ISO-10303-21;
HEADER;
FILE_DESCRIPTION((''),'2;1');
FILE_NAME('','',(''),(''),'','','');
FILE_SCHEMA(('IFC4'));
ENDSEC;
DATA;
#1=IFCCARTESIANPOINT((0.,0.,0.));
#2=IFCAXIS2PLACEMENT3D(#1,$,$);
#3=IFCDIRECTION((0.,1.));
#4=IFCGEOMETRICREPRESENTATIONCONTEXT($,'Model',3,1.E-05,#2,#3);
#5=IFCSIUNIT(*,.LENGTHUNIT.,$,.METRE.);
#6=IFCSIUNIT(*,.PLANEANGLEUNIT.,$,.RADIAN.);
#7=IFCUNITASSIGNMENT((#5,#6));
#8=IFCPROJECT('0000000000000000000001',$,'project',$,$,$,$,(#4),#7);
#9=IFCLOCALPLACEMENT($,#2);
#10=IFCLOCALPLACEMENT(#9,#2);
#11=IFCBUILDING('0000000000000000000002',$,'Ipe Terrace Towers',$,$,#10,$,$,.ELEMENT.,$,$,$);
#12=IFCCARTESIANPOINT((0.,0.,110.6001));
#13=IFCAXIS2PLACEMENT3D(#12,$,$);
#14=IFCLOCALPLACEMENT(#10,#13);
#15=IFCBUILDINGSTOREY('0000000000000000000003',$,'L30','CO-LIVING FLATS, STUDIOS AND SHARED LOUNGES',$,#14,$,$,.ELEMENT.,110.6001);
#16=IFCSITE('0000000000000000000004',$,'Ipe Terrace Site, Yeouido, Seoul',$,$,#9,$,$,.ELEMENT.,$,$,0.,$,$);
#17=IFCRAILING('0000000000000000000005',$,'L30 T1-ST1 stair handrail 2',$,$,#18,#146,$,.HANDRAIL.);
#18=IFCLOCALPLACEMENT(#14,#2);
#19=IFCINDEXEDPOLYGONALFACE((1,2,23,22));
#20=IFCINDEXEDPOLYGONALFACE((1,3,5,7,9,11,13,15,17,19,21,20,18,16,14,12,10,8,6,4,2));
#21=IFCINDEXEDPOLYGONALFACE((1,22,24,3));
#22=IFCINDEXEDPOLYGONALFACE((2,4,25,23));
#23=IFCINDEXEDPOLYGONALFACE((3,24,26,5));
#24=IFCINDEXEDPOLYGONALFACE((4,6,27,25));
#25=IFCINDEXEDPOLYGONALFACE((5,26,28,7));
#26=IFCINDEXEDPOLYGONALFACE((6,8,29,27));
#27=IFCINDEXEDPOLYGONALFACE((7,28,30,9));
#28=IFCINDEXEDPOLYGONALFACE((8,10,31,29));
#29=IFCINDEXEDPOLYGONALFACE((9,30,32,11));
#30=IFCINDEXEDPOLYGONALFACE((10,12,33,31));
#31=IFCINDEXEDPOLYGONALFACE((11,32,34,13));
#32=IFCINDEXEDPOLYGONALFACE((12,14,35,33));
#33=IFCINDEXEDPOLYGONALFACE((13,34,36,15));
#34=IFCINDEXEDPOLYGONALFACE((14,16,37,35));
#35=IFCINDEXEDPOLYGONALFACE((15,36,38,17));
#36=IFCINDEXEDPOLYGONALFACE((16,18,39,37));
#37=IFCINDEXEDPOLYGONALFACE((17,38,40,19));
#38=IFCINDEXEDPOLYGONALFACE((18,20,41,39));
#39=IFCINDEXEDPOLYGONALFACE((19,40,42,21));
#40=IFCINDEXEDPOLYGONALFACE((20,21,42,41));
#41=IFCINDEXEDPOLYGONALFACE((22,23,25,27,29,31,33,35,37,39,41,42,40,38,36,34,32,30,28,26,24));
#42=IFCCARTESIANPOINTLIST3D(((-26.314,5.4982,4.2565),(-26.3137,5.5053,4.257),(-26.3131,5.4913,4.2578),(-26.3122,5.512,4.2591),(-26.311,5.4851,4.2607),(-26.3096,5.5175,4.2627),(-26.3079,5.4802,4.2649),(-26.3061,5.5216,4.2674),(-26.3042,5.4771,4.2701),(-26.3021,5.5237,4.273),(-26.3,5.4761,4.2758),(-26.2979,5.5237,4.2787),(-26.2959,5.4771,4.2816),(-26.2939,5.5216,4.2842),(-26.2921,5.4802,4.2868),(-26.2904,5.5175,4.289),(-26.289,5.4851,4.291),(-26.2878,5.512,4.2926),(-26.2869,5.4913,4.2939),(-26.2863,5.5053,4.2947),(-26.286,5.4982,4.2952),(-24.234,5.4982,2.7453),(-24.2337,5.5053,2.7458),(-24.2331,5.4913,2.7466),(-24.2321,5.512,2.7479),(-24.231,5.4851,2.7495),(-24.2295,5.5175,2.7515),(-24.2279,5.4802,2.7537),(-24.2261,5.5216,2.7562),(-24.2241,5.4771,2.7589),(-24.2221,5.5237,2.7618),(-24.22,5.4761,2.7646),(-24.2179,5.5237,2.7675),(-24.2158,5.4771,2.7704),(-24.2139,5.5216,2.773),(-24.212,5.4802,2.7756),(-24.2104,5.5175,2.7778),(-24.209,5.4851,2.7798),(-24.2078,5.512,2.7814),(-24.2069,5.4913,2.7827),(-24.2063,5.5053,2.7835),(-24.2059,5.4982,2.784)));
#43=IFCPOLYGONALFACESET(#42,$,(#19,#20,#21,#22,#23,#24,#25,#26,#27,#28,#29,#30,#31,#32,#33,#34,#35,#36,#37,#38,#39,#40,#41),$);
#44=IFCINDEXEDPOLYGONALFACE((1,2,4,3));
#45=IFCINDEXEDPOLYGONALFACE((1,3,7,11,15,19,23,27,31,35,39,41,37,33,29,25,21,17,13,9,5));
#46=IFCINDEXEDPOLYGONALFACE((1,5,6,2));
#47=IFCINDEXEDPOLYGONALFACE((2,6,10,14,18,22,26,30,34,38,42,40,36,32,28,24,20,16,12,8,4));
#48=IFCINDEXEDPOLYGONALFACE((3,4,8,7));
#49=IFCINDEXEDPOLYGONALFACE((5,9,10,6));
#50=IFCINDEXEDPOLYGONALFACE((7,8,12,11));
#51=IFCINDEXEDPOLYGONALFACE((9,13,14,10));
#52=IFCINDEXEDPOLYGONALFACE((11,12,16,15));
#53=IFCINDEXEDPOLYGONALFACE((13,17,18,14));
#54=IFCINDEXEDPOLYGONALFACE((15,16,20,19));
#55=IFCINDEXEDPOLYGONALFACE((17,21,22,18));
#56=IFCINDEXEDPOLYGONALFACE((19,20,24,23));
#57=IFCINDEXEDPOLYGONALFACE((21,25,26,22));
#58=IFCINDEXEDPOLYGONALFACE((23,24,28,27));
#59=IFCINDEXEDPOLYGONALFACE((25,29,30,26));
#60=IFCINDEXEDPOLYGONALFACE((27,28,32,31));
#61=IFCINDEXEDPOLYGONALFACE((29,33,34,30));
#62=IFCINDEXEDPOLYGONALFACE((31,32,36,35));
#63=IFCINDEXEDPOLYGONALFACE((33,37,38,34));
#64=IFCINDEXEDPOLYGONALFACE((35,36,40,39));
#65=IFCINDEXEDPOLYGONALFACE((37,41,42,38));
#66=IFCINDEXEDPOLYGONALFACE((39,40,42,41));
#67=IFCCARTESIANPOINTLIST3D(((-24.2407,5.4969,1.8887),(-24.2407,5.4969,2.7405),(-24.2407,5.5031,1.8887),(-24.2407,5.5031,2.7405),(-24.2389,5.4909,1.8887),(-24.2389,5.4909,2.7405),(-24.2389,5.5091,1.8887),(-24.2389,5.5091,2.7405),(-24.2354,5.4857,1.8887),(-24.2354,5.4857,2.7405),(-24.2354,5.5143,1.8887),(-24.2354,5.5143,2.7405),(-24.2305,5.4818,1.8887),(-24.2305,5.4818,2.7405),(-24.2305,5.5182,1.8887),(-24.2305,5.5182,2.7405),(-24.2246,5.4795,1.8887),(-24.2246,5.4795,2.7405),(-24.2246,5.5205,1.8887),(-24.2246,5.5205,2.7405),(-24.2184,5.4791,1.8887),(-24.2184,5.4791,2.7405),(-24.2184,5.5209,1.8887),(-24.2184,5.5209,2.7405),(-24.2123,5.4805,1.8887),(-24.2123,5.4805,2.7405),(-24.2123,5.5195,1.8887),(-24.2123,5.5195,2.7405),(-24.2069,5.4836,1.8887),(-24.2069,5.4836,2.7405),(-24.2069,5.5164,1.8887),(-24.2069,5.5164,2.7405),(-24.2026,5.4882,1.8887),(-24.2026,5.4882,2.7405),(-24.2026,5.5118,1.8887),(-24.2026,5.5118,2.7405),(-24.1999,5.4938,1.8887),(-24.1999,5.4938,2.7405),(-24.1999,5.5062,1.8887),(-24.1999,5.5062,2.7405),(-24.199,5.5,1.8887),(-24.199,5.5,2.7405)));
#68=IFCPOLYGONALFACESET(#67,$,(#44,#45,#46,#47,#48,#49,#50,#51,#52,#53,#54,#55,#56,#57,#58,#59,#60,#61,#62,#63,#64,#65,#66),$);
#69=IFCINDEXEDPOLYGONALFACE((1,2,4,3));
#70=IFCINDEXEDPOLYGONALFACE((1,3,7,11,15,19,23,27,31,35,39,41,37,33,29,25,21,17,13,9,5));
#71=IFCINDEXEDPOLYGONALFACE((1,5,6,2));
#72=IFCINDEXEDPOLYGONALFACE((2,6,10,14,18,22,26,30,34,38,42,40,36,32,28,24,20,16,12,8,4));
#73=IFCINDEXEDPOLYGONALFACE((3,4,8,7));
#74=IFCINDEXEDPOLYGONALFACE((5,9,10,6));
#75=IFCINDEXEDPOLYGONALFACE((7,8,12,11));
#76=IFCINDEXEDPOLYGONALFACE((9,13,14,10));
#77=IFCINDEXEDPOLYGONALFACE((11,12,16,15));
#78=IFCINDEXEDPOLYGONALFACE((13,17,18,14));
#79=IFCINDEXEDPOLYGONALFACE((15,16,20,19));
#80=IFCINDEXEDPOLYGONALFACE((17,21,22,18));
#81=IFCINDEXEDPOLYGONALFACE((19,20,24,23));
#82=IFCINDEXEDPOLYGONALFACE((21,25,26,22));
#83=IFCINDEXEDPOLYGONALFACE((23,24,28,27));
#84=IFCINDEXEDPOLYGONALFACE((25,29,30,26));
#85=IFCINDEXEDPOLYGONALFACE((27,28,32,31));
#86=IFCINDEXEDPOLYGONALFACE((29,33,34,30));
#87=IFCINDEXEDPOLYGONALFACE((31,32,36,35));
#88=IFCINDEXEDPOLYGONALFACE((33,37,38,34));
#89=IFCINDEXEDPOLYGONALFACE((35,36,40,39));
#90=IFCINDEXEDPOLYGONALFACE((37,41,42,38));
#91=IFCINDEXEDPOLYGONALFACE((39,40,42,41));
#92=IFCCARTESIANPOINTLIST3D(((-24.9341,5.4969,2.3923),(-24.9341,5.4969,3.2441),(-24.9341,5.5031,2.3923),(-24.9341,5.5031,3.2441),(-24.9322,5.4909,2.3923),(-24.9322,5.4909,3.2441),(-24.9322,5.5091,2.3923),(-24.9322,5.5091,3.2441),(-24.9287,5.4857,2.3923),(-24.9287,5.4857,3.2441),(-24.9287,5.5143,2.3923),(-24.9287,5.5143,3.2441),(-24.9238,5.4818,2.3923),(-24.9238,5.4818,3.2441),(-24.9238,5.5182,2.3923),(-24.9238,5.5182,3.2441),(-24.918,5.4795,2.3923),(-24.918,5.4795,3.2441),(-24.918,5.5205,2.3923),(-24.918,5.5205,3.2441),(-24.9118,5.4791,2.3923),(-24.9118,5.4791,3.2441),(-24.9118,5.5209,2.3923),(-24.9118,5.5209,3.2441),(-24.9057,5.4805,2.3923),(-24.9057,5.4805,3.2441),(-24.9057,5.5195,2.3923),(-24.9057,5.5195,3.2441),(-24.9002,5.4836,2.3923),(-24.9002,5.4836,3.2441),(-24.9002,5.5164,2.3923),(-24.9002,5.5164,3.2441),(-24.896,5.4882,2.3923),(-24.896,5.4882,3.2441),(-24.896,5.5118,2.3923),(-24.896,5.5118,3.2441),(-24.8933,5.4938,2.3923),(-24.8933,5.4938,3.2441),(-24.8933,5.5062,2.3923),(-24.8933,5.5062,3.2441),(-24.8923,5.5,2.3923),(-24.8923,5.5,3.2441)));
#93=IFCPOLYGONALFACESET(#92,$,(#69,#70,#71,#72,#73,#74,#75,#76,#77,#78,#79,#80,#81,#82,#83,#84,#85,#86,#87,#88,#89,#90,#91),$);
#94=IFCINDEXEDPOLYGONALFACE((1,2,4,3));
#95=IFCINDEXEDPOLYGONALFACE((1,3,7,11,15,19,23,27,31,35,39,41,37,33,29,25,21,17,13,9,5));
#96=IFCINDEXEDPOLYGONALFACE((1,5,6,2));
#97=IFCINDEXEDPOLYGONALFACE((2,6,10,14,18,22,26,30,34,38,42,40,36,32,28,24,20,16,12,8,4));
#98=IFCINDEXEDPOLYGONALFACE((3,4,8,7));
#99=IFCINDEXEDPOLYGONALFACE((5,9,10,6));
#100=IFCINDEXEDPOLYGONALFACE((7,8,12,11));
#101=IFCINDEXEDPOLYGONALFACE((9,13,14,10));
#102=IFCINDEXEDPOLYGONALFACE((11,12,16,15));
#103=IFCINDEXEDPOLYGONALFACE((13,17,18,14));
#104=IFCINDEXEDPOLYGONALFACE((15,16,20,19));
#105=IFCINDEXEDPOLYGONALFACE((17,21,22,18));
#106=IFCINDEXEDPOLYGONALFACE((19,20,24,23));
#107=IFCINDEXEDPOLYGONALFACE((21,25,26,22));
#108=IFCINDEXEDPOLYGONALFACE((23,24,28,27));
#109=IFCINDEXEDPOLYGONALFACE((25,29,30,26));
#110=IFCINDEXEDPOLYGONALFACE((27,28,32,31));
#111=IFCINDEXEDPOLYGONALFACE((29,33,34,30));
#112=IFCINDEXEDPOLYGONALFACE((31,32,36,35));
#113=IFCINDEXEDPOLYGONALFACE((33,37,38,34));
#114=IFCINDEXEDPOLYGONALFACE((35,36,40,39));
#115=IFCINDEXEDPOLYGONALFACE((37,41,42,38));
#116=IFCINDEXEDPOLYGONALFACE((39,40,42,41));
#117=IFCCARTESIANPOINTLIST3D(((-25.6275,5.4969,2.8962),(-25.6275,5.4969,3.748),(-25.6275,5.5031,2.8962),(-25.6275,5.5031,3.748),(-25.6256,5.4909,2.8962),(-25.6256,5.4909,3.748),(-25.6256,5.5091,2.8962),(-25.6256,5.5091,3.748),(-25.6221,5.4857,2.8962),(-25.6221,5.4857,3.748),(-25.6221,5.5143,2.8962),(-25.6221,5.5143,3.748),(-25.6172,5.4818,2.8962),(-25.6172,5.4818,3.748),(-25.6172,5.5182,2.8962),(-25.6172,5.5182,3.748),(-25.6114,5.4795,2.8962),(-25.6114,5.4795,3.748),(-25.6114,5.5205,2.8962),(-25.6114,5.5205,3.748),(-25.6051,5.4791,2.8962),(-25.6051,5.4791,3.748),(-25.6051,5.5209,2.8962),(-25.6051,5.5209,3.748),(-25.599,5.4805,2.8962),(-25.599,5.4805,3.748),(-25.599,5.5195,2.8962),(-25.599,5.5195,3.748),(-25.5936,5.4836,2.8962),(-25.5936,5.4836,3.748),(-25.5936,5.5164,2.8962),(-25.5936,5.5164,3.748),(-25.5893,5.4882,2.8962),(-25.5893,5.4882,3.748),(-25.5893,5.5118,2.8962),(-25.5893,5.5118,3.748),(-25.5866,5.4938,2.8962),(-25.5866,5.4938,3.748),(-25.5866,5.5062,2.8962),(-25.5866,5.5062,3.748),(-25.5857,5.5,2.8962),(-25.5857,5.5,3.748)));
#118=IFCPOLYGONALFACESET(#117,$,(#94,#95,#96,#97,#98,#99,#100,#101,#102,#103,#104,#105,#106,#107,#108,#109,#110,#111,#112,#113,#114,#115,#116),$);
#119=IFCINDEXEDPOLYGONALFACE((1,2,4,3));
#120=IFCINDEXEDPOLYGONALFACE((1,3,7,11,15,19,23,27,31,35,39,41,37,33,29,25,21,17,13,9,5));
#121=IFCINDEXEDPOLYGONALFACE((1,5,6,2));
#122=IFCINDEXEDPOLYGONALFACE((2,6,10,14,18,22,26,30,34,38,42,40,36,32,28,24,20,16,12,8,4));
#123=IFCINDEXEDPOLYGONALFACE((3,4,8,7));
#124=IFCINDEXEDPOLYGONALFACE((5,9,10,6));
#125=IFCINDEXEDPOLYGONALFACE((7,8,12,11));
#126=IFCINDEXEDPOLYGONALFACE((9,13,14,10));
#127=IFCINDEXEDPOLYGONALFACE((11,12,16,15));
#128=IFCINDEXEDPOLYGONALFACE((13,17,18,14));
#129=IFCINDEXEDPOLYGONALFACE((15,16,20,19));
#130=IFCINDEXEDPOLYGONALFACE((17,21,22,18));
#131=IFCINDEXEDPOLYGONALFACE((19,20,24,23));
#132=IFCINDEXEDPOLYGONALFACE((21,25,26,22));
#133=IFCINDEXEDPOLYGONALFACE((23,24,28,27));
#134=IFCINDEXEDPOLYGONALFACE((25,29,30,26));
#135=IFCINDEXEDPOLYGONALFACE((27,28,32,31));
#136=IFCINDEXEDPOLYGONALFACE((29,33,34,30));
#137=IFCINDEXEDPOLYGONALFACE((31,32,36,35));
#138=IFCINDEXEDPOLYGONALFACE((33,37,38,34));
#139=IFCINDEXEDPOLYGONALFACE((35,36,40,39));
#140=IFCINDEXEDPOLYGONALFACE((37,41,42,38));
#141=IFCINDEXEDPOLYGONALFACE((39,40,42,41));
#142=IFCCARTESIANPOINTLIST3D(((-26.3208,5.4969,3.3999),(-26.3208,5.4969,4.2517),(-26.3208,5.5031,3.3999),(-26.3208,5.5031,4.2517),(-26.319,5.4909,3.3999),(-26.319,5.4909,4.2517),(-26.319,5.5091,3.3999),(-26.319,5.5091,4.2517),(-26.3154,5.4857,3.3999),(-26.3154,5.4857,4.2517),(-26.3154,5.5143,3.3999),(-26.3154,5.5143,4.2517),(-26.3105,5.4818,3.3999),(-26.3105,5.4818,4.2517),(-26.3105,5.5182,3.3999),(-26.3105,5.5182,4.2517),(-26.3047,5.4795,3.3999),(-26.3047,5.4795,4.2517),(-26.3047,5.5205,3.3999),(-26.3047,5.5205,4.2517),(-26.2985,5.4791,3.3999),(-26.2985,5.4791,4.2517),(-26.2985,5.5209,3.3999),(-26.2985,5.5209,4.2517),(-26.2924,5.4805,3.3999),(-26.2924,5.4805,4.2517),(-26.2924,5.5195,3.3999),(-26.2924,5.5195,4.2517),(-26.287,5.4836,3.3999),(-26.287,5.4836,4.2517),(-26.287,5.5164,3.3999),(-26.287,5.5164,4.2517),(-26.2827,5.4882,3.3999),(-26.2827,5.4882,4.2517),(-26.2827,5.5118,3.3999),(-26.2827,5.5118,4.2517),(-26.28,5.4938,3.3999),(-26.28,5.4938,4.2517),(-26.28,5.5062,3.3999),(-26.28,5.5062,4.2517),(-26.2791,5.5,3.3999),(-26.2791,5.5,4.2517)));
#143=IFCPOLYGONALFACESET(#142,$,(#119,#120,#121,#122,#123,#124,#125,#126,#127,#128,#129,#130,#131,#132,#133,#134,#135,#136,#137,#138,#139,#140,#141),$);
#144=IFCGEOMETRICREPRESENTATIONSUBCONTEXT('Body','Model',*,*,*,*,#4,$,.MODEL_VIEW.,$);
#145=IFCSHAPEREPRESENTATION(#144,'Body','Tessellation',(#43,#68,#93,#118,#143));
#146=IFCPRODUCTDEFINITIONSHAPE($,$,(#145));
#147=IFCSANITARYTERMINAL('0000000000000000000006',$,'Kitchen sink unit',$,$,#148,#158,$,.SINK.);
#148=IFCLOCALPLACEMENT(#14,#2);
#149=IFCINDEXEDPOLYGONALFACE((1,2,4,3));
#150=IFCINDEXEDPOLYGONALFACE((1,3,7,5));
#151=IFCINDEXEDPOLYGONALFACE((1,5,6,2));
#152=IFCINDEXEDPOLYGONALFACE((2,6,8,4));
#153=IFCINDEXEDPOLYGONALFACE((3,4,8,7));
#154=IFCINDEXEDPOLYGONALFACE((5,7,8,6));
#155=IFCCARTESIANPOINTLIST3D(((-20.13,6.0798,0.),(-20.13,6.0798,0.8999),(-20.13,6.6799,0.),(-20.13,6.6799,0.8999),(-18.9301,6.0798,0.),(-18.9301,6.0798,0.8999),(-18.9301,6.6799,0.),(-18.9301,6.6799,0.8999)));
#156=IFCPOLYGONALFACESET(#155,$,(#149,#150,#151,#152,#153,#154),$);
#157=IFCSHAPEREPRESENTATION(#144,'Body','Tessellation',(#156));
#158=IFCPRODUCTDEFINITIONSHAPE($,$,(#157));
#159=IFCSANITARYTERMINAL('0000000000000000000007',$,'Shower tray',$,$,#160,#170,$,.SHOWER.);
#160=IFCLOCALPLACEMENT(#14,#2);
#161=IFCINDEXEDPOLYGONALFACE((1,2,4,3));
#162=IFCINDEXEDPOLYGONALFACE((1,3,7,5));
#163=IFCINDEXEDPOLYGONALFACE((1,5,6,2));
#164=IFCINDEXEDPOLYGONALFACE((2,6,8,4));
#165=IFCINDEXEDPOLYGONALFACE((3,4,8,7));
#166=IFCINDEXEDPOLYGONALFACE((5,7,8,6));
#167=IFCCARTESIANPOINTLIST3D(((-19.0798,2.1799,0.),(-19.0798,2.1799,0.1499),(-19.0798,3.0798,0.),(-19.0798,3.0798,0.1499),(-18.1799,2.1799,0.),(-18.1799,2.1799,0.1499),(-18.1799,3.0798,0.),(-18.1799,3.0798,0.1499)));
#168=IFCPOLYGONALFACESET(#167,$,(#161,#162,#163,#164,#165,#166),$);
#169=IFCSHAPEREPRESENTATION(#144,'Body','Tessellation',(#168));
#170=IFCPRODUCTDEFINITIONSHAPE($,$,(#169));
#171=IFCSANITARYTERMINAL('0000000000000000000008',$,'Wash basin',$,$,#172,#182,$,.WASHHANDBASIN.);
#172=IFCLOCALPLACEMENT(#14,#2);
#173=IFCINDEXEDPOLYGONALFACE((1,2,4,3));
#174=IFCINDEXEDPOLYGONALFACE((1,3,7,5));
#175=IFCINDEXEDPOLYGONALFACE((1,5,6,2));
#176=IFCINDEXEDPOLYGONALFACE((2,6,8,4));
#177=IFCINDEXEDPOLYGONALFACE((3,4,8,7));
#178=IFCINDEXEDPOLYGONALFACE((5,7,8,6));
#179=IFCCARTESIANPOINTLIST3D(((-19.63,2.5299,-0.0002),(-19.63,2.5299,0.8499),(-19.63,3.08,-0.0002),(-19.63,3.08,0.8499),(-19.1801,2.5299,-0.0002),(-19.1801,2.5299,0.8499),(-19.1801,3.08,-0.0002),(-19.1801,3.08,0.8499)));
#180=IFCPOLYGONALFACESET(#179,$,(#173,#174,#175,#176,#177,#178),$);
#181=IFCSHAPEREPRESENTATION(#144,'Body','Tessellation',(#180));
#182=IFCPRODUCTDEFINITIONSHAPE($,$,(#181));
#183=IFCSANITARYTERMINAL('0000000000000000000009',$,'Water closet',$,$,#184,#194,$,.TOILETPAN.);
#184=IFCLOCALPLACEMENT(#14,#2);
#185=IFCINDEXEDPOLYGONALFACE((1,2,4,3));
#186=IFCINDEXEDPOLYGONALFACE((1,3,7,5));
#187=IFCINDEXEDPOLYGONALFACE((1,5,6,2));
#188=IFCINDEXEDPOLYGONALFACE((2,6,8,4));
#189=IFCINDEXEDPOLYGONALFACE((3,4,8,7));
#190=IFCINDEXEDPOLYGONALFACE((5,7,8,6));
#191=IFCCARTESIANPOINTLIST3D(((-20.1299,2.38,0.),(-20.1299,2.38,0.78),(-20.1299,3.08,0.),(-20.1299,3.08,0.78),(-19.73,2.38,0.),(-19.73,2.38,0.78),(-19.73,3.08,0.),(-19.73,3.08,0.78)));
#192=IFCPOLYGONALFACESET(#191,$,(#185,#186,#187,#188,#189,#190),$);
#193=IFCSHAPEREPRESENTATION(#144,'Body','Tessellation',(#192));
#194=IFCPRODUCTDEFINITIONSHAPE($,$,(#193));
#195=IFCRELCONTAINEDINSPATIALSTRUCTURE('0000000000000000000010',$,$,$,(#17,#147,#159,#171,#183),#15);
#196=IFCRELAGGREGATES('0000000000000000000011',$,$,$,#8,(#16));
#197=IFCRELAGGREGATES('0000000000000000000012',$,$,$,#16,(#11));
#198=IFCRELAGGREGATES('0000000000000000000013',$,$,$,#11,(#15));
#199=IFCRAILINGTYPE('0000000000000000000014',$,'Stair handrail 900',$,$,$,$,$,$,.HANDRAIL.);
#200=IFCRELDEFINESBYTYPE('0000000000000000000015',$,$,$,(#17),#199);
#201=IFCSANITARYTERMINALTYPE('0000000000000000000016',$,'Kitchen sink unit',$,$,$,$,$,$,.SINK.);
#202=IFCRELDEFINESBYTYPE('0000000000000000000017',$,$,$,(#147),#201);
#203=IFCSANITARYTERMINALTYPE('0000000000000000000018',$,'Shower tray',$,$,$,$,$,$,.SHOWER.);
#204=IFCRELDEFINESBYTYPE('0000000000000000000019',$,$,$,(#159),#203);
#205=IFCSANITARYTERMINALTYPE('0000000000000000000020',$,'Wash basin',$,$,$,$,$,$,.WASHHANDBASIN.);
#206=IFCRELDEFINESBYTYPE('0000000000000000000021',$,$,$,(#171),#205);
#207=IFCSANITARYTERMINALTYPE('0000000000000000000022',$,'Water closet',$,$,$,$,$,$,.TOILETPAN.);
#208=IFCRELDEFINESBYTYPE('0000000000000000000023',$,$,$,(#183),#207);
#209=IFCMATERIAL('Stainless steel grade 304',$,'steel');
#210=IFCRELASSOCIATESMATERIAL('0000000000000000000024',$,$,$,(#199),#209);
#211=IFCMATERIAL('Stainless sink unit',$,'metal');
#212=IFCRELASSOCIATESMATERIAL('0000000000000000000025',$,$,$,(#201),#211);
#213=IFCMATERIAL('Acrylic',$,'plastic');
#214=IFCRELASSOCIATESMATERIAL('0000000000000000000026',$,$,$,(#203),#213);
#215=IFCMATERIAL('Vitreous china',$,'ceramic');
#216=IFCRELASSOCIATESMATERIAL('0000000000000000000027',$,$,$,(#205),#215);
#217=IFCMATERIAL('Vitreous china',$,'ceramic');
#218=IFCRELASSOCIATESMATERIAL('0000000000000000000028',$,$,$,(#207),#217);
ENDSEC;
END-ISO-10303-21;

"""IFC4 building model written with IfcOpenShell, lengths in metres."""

from ifc_helpers import new_model, si_unit, direction, frame, origin, origin_2d, place, context, subcontext, project, spatial, rectangle, circle, extrude, material, type_object, element, save


model = new_model("IFC4")

# Units and contexts
model_context = context("Model", 3, precision=1e-05, world=origin(), true_north=direction((0.0, 1.0)))
body_context = subcontext(model_context, "Body", "Model", "MODEL_VIEW")
ifc_project = project(units=[si_unit("LENGTHUNIT", "METRE"), si_unit("PLANEANGLEUNIT", "RADIAN")], contexts=[model_context])

# Site, building, storey
site_placement = place(None, origin())
site = spatial("IfcSite", under=ifc_project, at=site_placement, Name="Ipe Terrace Site, Yeouido, Seoul", CompositionType="ELEMENT", RefElevation=0.0)
building_placement = place(site_placement, origin())
building = spatial("IfcBuilding", under=site, at=building_placement, Name="Ipe Terrace Towers", CompositionType="ELEMENT")
storey_placement = place(building_placement, frame((0.0, 0.0, 110.6001)))
storey = spatial("IfcBuildingStorey", under=building, at=storey_placement, Name="L30", Description="CO-LIVING FLATS, STUDIOS AND SHARED LOUNGES", CompositionType="ELEMENT", Elevation=110.6001)

# Railing
ifc_material_1 = material(Name="Stainless steel grade 304", Category="steel")
railing_type_1 = type_object("IfcRailingType", Name="Stair handrail 900", PredefinedType="HANDRAIL", material=ifc_material_1)
railing_1_placement = place(storey_placement, frame((-24.22, 5.5, 1.8887)))
element("IfcRailing", 1, at=railing_1_placement, inside=storey, type_object=railing_type_1, Name="L30 T1-ST1 stair handrail 2", PredefinedType="HANDRAIL", context=body_context, shape_type="SweptSolid", body=[
    extrude(circle(Radius=0.0239, at=origin_2d()), frame((0.0, 0.0, 0.876), z_axis=(-0.809023, 0.0, 0.587776), x_axis=(0.0, -1.0, 0.0)), (0.0, 0.0, 1.0), 2.571),
    extrude(circle(Radius=0.021, at=origin_2d()), origin(), (0.0, 0.0, 1.0), 0.8518),
    extrude(circle(Radius=0.021, at=origin_2d()), frame((-0.6934, 0.0, 0.5037)), (0.0, 0.0, 1.0), 0.8518),
    extrude(circle(Radius=0.021, at=origin_2d()), frame((-1.3867, 0.0, 1.0076)), (0.0, 0.0, 1.0), 0.8518),
    extrude(circle(Radius=0.021, at=origin_2d()), frame((-2.0801, 0.0, 1.5112)), (0.0, 0.0, 1.0), 0.8518),
])

# Sanitary terminals
ifc_material_2 = material(Name="Stainless sink unit", Category="metal")
sanitary_terminal_type_1 = type_object("IfcSanitaryTerminalType", Name="Kitchen sink unit", PredefinedType="SINK", material=ifc_material_2)
sanitary_terminal_1_placement = place(storey_placement, frame((-19.53, 6.3799, 0.0), z_axis=(0.0, 0.0, 1.0), x_axis=(1.0, 0.0, 0.0)))
element("IfcSanitaryTerminal", 2, at=sanitary_terminal_1_placement, inside=storey, type_object=sanitary_terminal_type_1, Name="Kitchen sink unit", PredefinedType="SINK", context=body_context, shape_type="SweptSolid", body=[
    extrude(rectangle(XDim=1.2, YDim=0.6001, at=origin_2d()), origin(), (0.0, 0.0, 1.0), 0.8999),
])
ifc_material_3 = material(Name="Acrylic", Category="plastic")
sanitary_terminal_type_2 = type_object("IfcSanitaryTerminalType", Name="Shower tray", PredefinedType="SHOWER", material=ifc_material_3)
sanitary_terminal_2_placement = place(storey_placement, frame((-18.6299, 2.6299, 0.0), z_axis=(0.0, 0.0, 1.0), x_axis=(0.0, -1.0, 0.0)))
element("IfcSanitaryTerminal", 3, at=sanitary_terminal_2_placement, inside=storey, type_object=sanitary_terminal_type_2, Name="Shower tray", PredefinedType="SHOWER", context=body_context, shape_type="SweptSolid", body=[
    extrude(rectangle(XDim=0.8999, YDim=0.8999, at=origin_2d()), origin(), (0.0, 0.0, 1.0), 0.1499),
])
ifc_material_4 = material(Name="Vitreous china", Category="ceramic")
sanitary_terminal_type_3 = type_object("IfcSanitaryTerminalType", Name="Wash basin", PredefinedType="WASHHANDBASIN", material=ifc_material_4)
sanitary_terminal_3_placement = place(storey_placement, frame((-19.405, 2.8049, -0.0002), z_axis=(0.0, 0.0, 1.0), x_axis=(0.0, -1.0, 0.0)))
element("IfcSanitaryTerminal", 4, at=sanitary_terminal_3_placement, inside=storey, type_object=sanitary_terminal_type_3, Name="Wash basin", PredefinedType="WASHHANDBASIN", context=body_context, shape_type="SweptSolid", body=[
    extrude(rectangle(XDim=0.55, YDim=0.45, at=origin_2d()), origin(), (0.0, 0.0, 1.0), 0.8501),
])
ifc_material_5 = material(Name="Vitreous china", Category="ceramic")
sanitary_terminal_type_4 = type_object("IfcSanitaryTerminalType", Name="Water closet", PredefinedType="TOILETPAN", material=ifc_material_5)
sanitary_terminal_4_placement = place(storey_placement, frame((-19.9299, 2.73, 0.0), z_axis=(0.0, 0.0, 1.0), x_axis=(0.0, -1.0, 0.0)))
element("IfcSanitaryTerminal", 5, at=sanitary_terminal_4_placement, inside=storey, type_object=sanitary_terminal_type_4, Name="Water closet", PredefinedType="TOILETPAN", context=body_context, shape_type="SweptSolid", body=[
    extrude(rectangle(XDim=0.7, YDim=0.3999, at=origin_2d()), origin(), (0.0, 0.0, 1.0), 0.78),
])

save(model, "model.ifc")
